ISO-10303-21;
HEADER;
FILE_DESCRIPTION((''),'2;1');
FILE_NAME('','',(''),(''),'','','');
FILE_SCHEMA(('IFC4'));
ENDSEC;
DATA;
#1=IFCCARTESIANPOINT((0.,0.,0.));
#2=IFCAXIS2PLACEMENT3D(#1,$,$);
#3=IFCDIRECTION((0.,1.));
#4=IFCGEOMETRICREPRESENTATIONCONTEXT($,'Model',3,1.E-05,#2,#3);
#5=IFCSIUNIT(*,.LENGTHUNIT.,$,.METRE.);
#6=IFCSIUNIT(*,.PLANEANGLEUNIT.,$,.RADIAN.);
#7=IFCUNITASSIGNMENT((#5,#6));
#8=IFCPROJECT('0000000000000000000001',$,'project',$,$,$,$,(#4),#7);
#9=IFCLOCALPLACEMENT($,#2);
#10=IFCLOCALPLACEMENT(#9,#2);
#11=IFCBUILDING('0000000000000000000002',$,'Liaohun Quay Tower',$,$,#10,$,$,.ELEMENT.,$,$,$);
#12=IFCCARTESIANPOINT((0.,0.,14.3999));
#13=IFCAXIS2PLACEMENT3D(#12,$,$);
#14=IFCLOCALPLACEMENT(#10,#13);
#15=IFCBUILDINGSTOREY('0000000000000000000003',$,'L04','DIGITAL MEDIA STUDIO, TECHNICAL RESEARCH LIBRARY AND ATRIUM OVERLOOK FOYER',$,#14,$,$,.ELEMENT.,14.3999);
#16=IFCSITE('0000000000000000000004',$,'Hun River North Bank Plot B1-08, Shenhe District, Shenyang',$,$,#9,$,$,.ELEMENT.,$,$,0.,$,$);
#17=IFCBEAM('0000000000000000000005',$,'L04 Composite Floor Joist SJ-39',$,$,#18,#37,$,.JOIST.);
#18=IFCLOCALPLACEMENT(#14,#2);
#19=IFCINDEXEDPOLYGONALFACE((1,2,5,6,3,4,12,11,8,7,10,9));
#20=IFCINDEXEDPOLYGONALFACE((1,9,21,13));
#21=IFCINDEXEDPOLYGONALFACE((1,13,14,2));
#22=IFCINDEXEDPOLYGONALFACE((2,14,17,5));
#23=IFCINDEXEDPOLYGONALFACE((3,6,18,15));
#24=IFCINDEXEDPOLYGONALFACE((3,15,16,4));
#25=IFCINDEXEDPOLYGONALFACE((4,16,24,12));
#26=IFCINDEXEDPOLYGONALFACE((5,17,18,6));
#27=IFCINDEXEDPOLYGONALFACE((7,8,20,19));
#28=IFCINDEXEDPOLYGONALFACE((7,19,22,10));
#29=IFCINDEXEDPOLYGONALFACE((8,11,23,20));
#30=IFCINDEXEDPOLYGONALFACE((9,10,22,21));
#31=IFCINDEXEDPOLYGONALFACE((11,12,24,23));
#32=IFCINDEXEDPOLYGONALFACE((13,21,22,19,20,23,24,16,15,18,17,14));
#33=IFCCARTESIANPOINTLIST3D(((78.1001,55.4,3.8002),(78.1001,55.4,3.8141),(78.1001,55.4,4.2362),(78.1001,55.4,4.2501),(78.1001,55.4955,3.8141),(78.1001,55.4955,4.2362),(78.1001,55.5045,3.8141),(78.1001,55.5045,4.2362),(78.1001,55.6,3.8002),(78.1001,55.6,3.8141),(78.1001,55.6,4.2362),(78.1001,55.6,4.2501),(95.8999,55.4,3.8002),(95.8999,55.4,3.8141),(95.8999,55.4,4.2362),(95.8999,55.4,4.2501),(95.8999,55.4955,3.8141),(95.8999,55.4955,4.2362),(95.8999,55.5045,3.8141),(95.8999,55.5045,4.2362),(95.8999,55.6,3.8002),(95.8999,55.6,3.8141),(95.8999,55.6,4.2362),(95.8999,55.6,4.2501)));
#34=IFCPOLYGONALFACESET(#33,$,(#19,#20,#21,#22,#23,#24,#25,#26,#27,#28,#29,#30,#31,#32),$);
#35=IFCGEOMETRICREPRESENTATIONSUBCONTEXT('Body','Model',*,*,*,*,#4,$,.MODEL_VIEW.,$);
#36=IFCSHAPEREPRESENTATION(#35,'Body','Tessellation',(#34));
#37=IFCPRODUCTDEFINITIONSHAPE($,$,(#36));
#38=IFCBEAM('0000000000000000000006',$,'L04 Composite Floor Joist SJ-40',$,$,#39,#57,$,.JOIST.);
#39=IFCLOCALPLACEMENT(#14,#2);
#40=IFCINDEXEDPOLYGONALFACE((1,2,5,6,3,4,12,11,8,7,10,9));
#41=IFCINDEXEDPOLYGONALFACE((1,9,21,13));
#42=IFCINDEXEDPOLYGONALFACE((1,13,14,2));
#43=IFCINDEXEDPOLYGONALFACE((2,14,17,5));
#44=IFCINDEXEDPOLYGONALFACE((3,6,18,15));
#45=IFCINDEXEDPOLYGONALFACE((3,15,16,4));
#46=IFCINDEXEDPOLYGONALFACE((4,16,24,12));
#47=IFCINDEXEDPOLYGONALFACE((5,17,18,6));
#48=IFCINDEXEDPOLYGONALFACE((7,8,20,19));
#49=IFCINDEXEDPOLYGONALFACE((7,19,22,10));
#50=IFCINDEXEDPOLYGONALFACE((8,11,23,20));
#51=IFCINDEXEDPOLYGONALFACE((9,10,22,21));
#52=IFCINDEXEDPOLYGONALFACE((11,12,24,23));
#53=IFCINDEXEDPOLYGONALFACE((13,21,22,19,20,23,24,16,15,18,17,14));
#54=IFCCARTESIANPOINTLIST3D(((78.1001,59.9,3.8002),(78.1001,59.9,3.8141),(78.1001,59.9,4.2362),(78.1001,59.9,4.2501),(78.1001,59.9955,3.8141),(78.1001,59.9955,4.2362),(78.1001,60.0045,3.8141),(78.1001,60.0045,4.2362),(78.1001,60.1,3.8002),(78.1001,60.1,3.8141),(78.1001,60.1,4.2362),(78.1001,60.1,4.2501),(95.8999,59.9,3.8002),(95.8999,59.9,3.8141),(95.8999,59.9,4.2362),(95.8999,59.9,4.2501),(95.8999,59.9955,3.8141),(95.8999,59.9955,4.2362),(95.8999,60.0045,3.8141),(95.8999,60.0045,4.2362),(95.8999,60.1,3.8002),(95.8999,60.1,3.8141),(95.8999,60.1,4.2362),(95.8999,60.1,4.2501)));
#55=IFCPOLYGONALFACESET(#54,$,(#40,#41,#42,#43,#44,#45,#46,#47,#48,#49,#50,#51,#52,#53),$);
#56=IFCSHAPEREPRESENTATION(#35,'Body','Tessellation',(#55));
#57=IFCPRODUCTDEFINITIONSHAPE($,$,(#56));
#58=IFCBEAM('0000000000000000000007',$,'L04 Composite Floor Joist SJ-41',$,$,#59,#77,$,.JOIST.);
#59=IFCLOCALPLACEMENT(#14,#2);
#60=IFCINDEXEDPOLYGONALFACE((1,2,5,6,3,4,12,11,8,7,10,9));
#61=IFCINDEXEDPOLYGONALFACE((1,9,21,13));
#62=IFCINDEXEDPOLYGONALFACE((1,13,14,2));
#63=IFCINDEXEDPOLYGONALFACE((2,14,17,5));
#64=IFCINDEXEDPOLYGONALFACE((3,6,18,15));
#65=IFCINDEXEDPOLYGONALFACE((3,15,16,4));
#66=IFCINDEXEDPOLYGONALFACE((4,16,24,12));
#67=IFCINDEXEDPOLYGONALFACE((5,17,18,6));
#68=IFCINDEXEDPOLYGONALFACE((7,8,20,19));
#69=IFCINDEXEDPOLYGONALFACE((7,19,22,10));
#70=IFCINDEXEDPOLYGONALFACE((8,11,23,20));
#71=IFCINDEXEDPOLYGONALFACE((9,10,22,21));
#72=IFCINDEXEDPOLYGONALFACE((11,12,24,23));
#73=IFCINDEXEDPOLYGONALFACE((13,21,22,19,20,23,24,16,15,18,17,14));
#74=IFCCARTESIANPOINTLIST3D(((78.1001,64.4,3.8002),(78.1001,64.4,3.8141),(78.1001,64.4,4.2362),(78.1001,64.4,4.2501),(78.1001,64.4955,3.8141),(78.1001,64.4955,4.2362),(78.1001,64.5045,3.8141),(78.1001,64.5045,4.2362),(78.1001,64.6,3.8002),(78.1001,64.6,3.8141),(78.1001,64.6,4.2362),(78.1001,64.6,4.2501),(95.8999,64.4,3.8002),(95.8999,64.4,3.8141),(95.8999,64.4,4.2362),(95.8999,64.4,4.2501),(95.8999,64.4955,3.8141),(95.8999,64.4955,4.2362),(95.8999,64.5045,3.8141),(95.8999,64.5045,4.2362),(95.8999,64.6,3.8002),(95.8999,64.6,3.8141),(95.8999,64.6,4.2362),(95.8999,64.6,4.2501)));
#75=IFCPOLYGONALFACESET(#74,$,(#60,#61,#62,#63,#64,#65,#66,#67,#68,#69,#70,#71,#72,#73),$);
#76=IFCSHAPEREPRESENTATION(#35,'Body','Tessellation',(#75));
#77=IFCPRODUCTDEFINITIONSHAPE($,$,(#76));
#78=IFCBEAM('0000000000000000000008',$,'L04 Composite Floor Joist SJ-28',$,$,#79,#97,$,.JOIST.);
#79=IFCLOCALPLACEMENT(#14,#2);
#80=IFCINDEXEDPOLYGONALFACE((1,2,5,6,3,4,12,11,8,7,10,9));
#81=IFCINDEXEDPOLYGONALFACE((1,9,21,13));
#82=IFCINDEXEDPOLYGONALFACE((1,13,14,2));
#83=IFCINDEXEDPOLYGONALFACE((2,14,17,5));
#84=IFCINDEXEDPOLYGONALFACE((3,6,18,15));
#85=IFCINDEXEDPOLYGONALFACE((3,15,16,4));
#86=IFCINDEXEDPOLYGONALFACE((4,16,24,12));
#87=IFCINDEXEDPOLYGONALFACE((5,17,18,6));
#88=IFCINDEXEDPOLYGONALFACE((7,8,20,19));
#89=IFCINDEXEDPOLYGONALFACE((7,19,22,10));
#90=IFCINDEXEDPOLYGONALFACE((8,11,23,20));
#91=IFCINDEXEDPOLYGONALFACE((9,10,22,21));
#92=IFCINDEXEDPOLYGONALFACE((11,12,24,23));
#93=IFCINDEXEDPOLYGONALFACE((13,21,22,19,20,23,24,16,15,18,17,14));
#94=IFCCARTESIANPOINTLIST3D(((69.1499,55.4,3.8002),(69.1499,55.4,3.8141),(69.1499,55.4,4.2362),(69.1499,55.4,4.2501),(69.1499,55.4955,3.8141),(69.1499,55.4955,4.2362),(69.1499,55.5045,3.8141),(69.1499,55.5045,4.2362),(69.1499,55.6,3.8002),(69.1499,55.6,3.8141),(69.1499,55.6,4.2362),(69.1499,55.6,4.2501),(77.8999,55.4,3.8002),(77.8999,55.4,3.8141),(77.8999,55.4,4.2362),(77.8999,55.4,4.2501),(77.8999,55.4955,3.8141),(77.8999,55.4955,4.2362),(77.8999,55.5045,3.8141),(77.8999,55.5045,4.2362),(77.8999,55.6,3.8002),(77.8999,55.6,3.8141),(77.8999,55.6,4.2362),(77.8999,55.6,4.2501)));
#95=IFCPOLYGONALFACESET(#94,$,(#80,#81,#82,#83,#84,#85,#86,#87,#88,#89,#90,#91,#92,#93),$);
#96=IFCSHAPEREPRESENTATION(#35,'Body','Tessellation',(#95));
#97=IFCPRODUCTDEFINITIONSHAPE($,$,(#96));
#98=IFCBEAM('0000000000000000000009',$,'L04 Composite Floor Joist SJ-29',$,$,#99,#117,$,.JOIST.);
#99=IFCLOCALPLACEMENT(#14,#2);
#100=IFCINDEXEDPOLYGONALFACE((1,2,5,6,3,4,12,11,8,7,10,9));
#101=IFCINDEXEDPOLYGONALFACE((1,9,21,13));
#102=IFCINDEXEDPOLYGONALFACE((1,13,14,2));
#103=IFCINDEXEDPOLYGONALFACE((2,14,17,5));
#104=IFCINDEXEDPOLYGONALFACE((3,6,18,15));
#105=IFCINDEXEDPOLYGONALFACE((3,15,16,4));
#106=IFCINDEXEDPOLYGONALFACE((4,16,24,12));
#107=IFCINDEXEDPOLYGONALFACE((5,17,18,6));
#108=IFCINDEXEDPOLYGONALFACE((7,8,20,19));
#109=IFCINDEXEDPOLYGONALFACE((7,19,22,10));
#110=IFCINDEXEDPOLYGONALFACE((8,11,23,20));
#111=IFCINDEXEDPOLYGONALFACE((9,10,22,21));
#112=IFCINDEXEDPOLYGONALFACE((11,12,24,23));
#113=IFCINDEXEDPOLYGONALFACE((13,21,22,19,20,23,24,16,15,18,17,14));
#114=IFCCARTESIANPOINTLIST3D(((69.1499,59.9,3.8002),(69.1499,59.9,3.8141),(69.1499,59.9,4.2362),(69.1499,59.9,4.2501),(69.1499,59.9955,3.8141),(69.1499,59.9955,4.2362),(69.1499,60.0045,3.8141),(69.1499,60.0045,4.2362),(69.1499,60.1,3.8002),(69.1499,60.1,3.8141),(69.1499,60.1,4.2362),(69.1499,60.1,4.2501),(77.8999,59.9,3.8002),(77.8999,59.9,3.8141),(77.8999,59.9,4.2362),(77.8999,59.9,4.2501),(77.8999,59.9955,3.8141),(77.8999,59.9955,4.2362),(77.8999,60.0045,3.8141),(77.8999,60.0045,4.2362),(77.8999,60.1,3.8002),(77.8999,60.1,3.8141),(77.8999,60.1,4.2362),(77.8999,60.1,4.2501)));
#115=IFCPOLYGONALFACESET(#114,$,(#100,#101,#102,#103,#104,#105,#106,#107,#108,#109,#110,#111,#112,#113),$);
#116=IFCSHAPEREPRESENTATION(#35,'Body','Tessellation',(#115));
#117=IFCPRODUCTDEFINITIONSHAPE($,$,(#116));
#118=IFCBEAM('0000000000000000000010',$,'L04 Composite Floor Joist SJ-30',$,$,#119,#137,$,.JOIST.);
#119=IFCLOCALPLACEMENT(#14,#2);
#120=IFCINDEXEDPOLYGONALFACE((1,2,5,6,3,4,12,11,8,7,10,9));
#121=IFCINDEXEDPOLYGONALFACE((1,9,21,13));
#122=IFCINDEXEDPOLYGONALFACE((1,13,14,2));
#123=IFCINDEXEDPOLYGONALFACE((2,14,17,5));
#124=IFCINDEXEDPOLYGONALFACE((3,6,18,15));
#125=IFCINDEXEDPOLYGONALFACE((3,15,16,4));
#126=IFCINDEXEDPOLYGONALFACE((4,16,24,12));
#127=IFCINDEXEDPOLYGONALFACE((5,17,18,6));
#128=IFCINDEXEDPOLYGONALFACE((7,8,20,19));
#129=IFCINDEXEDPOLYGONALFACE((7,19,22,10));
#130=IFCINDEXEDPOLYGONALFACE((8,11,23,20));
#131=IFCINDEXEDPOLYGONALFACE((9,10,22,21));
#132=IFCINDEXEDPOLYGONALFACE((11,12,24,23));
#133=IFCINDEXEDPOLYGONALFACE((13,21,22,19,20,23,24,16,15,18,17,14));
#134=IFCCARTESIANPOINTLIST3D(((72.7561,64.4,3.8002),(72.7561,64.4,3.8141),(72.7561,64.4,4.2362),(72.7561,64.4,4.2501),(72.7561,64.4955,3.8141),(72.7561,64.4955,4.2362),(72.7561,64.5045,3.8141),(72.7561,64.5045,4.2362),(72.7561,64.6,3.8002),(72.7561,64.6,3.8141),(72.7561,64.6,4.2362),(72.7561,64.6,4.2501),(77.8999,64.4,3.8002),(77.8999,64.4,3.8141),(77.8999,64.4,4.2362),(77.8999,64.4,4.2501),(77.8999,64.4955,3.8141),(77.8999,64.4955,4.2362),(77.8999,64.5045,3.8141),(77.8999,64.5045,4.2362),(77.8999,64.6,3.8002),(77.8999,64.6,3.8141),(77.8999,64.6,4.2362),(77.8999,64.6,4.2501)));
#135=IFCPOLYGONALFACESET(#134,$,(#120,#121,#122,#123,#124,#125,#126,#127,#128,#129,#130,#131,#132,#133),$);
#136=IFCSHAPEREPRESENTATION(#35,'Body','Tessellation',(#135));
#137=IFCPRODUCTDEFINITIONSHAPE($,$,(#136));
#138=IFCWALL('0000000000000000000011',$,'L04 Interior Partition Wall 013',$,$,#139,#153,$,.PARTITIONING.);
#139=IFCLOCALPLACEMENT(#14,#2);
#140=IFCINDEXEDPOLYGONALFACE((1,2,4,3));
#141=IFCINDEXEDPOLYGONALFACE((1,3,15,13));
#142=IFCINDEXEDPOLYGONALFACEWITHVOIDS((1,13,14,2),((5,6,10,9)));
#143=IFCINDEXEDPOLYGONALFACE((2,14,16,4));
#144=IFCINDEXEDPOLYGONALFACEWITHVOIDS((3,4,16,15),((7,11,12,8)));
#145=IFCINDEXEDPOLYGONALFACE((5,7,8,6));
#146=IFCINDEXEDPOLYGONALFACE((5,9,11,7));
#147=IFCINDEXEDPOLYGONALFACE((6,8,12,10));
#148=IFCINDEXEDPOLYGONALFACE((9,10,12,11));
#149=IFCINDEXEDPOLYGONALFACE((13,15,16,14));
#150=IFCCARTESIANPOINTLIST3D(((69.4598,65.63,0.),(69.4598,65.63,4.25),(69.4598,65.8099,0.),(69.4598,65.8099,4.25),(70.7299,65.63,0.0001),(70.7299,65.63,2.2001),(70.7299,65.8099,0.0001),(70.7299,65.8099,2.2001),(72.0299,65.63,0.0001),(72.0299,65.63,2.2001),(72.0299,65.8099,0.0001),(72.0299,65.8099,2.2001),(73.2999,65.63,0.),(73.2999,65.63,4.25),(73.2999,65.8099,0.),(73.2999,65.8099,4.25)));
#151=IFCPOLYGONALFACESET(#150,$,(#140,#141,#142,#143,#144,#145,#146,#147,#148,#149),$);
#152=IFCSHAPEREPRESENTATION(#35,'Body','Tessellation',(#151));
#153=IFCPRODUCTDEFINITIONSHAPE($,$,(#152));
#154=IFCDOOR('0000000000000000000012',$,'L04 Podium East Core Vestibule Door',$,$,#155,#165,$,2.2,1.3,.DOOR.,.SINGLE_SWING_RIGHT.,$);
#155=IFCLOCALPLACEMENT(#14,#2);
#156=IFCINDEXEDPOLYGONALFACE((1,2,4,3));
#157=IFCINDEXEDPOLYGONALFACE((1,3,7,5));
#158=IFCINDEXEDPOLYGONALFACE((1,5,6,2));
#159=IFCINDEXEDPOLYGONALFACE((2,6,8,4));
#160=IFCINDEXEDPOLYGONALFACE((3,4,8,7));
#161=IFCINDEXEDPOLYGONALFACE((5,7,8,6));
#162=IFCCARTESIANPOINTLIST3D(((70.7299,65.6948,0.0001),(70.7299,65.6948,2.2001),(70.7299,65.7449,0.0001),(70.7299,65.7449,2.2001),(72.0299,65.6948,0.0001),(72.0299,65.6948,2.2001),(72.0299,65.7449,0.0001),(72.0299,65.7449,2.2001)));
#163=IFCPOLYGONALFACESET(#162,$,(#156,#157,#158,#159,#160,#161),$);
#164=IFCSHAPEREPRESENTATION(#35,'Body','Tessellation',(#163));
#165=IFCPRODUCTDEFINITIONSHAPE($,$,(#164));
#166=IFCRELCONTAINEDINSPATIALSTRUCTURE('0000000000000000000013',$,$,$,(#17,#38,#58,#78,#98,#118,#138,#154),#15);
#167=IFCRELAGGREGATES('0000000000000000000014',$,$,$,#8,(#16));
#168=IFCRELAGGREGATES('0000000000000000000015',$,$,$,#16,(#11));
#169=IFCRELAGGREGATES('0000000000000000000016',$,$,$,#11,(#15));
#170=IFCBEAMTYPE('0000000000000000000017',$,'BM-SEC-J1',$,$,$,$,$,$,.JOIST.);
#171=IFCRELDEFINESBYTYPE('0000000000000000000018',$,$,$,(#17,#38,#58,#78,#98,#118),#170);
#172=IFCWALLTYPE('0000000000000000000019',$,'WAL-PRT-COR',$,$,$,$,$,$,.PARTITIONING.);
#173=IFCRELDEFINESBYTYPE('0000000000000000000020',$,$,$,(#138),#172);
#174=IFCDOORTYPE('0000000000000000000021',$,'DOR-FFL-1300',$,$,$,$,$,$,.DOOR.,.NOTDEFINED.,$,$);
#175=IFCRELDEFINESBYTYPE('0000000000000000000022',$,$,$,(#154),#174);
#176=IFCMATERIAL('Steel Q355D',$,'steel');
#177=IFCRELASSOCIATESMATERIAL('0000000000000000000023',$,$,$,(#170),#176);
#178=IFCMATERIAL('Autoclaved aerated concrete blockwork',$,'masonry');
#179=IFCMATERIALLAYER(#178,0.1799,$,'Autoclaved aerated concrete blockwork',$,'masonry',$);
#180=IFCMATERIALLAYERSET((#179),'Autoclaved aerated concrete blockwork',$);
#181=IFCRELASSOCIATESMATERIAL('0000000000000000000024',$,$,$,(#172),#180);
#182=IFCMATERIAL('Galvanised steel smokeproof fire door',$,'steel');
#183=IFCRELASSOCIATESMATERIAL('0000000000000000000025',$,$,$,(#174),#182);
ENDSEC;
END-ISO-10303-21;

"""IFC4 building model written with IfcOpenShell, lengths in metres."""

from ifc_helpers import new_model, si_unit, direction, frame, frame_2d, origin, origin_2d, place, context, subcontext, project, spatial, rectangle, i_section, extrude, source, transform, mapped, material, layer, layer_set, material_profile, profile_set, type_object, element, fill, save


model = new_model("IFC4")

# Units and contexts
model_context = context("Model", 3, precision=1e-05, world=origin(), true_north=direction((0.0, 1.0)))
body_context = subcontext(model_context, "Body", "Model", "MODEL_VIEW")
ifc_project = project(units=[si_unit("LENGTHUNIT", "METRE"), si_unit("PLANEANGLEUNIT", "RADIAN")], contexts=[model_context])

# Site, building, storey
site_placement = place(None, origin())
site = spatial("IfcSite", under=ifc_project, at=site_placement, Name="Hun River North Bank Plot B1-08, Shenhe District, Shenyang", CompositionType="ELEMENT", RefElevation=0.0)
building_placement = place(site_placement, origin())
building = spatial("IfcBuilding", under=site, at=building_placement, Name="Liaohun Quay Tower", CompositionType="ELEMENT")
storey_placement = place(building_placement, frame((0.0, 0.0, 14.3999)))
storey = spatial("IfcBuildingStorey", under=building, at=storey_placement, Name="L04", Description="DIGITAL MEDIA STUDIO, TECHNICAL RESEARCH LIBRARY AND ATRIUM OVERLOOK FOYER", CompositionType="ELEMENT", Elevation=14.3999)

# Beams
ifc_material_1 = material(Name="Steel Q355D", Category="steel")
ifc_material_profile = material_profile(ifc_material_1, i_section(OverallWidth=0.2, OverallDepth=0.45, WebThickness=0.009, FlangeThickness=0.0139, at=origin_2d()), Name="HN450x200x9x14")
ifc_profile_set = profile_set([ifc_material_profile], Name="Steel Q355D")
beam_type = type_object("IfcBeamType", Name="BM-SEC-J1", PredefinedType="JOIST", material=ifc_profile_set)
shared_shape_1 = source(origin(), body_context, "Body", "SweptSolid", [
    extrude(i_section(OverallWidth=0.2, OverallDepth=0.45, WebThickness=0.009, FlangeThickness=0.0139, at=origin_2d()), origin(), (0.0, 0.0, 1.0), 17.7998),
])
for number, where, z_axis, x_axis, name in (
    (1, (78.1001, 55.5, 4.0251), (1.0, 0.0, 0.0), (0.0, 1.0, 0.0), "L04 Composite Floor Joist SJ-39"),
    (2, (78.1001, 60.0, 4.0251), (1.0, 0.0, 0.0), (0.0, 1.0, 0.0), "L04 Composite Floor Joist SJ-40"),
    (3, (78.1001, 64.5, 4.0251), (1.0, 0.0, 0.0), (0.0, 1.0, 0.0), "L04 Composite Floor Joist SJ-41"),
):
    element("IfcBeam", number, at=place(storey_placement, frame(where, z_axis=z_axis, x_axis=x_axis)), inside=storey, type_object=beam_type, Name=name, PredefinedType="JOIST", context=body_context, shape_type="MappedRepresentation", body=[
        mapped(shared_shape_1, transform((0.0, 0.0, 0.0), x_axis=(1.0, 0.0, 0.0), y_axis=(0.0, 1.0, 0.0), z_axis=(0.0, 0.0, 1.0), scale=1.0)),
    ])
shared_shape_2 = source(origin(), body_context, "Body", "SweptSolid", [
    extrude(i_section(OverallWidth=0.2, OverallDepth=0.45, WebThickness=0.009, FlangeThickness=0.0139, at=origin_2d()), origin(), (0.0, 0.0, 1.0), 8.75),
])
for number, where, z_axis, x_axis, name in (
    (4, (69.1499, 55.5, 4.0251), (1.0, 0.0, 0.0), (0.0, 1.0, 0.0), "L04 Composite Floor Joist SJ-28"),
    (5, (69.1499, 60.0, 4.0251), (1.0, 0.0, 0.0), (0.0, 1.0, 0.0), "L04 Composite Floor Joist SJ-29"),
):
    element("IfcBeam", number, at=place(storey_placement, frame(where, z_axis=z_axis, x_axis=x_axis)), inside=storey, type_object=beam_type, Name=name, PredefinedType="JOIST", context=body_context, shape_type="MappedRepresentation", body=[
        mapped(shared_shape_2, transform((0.0, 0.0, 0.0), x_axis=(1.0, 0.0, 0.0), y_axis=(0.0, 1.0, 0.0), z_axis=(0.0, 0.0, 1.0), scale=1.0)),
    ])
shared_shape_3 = source(origin(), body_context, "Body", "SweptSolid", [
    extrude(i_section(OverallWidth=0.2, OverallDepth=0.45, WebThickness=0.009, FlangeThickness=0.0139, at=origin_2d()), origin(), (0.0, 0.0, 1.0), 5.1438),
])
beam_placement = place(storey_placement, frame((72.7561, 64.5, 4.0251), z_axis=(1.0, 0.0, 0.0), x_axis=(0.0, 1.0, 0.0)))
element("IfcBeam", 6, at=beam_placement, inside=storey, type_object=beam_type, Name="L04 Composite Floor Joist SJ-30", PredefinedType="JOIST", context=body_context, shape_type="MappedRepresentation", body=[
    mapped(shared_shape_3, transform((0.0, 0.0, 0.0), x_axis=(1.0, 0.0, 0.0), y_axis=(0.0, 1.0, 0.0), z_axis=(0.0, 0.0, 1.0), scale=1.0)),
])

# Wall, opening, door
ifc_material_2 = material(Name="Autoclaved aerated concrete blockwork", Category="masonry")
ifc_layer_1 = layer(ifc_material_2, 0.1799, Name="Autoclaved aerated concrete blockwork", Category="masonry")
ifc_layer_set_1 = layer_set([ifc_layer_1], Name="Autoclaved aerated concrete blockwork")
wall_type_1 = type_object("IfcWallType", Name="WAL-PRT-COR", PredefinedType="PARTITIONING", material=ifc_layer_set_1)
wall_1_placement = place(storey_placement, frame((69.46, 65.72, 0.0), z_axis=(0.0, 0.0, 1.0), x_axis=(1.0, 0.0, 0.0)))
wall_1 = element("IfcWall", 7, at=wall_1_placement, inside=storey, type_object=wall_type_1, Name="L04 Interior Partition Wall 013", PredefinedType="PARTITIONING", context=body_context, shape_type="SweptSolid", body=[
    extrude(rectangle(XDim=3.8401, YDim=0.1799, at=frame_2d((1.9199, 0.0))), origin(), (0.0, 0.0, 1.0), 4.25),
])
shared_shape_4 = source(origin(), body_context, "Body", "SweptSolid", [
    extrude(rectangle(XDim=1.3, YDim=2.2, at=frame_2d((0.6499, 1.1001))), frame((0.0, 0.0999, 0.0), z_axis=(0.0, -1.0, 0.0), x_axis=(1.0, 0.0, 0.0)), (0.0, 0.0, 1.0), 0.2),
])
opening_1_placement = place(wall_1_placement, frame((1.27, 0.0, 0.0)))
opening_1 = element("IfcOpeningElement", 8, at=opening_1_placement, cuts=wall_1, PredefinedType="OPENING", context=body_context, shape_type="MappedRepresentation", body=[
    mapped(shared_shape_4, transform((0.0, 0.0, 0.0), x_axis=(1.0, 0.0, 0.0), y_axis=(0.0, 1.0, 0.0), z_axis=(0.0, 0.0, 1.0), scale=1.0)),
])
ifc_material_3 = material(Name="Galvanised steel smokeproof fire door", Category="steel")
door_type_1 = type_object("IfcDoorType", Name="DOR-FFL-1300", OperationType="NOTDEFINED", PredefinedType="DOOR", material=ifc_material_3)
shared_shape_5 = source(origin(), body_context, "Body", "SweptSolid", [
    extrude(rectangle(XDim=1.3, YDim=2.2, at=frame_2d((0.6499, 1.1001))), frame((0.0, 0.0249, 0.0), z_axis=(0.0, -1.0, 0.0), x_axis=(1.0, 0.0, 0.0)), (0.0, 0.0, 1.0), 0.05),
])
door_1_placement = place(opening_1_placement, origin())
door_1 = element("IfcDoor", 9, at=door_1_placement, inside=storey, type_object=door_type_1, Name="L04 Podium East Core Vestibule Door", OperationType="SINGLE_SWING_RIGHT", OverallHeight=2.2, OverallWidth=1.3, PredefinedType="DOOR", context=body_context, shape_type="MappedRepresentation", body=[
    mapped(shared_shape_5, transform((0.0, 0.0, 0.0), x_axis=(1.0, 0.0, 0.0), y_axis=(0.0, 1.0, 0.0), z_axis=(0.0, 0.0, 1.0), scale=1.0)),
])
fill(opening_1, door_1)

save(model, "model.ifc")
